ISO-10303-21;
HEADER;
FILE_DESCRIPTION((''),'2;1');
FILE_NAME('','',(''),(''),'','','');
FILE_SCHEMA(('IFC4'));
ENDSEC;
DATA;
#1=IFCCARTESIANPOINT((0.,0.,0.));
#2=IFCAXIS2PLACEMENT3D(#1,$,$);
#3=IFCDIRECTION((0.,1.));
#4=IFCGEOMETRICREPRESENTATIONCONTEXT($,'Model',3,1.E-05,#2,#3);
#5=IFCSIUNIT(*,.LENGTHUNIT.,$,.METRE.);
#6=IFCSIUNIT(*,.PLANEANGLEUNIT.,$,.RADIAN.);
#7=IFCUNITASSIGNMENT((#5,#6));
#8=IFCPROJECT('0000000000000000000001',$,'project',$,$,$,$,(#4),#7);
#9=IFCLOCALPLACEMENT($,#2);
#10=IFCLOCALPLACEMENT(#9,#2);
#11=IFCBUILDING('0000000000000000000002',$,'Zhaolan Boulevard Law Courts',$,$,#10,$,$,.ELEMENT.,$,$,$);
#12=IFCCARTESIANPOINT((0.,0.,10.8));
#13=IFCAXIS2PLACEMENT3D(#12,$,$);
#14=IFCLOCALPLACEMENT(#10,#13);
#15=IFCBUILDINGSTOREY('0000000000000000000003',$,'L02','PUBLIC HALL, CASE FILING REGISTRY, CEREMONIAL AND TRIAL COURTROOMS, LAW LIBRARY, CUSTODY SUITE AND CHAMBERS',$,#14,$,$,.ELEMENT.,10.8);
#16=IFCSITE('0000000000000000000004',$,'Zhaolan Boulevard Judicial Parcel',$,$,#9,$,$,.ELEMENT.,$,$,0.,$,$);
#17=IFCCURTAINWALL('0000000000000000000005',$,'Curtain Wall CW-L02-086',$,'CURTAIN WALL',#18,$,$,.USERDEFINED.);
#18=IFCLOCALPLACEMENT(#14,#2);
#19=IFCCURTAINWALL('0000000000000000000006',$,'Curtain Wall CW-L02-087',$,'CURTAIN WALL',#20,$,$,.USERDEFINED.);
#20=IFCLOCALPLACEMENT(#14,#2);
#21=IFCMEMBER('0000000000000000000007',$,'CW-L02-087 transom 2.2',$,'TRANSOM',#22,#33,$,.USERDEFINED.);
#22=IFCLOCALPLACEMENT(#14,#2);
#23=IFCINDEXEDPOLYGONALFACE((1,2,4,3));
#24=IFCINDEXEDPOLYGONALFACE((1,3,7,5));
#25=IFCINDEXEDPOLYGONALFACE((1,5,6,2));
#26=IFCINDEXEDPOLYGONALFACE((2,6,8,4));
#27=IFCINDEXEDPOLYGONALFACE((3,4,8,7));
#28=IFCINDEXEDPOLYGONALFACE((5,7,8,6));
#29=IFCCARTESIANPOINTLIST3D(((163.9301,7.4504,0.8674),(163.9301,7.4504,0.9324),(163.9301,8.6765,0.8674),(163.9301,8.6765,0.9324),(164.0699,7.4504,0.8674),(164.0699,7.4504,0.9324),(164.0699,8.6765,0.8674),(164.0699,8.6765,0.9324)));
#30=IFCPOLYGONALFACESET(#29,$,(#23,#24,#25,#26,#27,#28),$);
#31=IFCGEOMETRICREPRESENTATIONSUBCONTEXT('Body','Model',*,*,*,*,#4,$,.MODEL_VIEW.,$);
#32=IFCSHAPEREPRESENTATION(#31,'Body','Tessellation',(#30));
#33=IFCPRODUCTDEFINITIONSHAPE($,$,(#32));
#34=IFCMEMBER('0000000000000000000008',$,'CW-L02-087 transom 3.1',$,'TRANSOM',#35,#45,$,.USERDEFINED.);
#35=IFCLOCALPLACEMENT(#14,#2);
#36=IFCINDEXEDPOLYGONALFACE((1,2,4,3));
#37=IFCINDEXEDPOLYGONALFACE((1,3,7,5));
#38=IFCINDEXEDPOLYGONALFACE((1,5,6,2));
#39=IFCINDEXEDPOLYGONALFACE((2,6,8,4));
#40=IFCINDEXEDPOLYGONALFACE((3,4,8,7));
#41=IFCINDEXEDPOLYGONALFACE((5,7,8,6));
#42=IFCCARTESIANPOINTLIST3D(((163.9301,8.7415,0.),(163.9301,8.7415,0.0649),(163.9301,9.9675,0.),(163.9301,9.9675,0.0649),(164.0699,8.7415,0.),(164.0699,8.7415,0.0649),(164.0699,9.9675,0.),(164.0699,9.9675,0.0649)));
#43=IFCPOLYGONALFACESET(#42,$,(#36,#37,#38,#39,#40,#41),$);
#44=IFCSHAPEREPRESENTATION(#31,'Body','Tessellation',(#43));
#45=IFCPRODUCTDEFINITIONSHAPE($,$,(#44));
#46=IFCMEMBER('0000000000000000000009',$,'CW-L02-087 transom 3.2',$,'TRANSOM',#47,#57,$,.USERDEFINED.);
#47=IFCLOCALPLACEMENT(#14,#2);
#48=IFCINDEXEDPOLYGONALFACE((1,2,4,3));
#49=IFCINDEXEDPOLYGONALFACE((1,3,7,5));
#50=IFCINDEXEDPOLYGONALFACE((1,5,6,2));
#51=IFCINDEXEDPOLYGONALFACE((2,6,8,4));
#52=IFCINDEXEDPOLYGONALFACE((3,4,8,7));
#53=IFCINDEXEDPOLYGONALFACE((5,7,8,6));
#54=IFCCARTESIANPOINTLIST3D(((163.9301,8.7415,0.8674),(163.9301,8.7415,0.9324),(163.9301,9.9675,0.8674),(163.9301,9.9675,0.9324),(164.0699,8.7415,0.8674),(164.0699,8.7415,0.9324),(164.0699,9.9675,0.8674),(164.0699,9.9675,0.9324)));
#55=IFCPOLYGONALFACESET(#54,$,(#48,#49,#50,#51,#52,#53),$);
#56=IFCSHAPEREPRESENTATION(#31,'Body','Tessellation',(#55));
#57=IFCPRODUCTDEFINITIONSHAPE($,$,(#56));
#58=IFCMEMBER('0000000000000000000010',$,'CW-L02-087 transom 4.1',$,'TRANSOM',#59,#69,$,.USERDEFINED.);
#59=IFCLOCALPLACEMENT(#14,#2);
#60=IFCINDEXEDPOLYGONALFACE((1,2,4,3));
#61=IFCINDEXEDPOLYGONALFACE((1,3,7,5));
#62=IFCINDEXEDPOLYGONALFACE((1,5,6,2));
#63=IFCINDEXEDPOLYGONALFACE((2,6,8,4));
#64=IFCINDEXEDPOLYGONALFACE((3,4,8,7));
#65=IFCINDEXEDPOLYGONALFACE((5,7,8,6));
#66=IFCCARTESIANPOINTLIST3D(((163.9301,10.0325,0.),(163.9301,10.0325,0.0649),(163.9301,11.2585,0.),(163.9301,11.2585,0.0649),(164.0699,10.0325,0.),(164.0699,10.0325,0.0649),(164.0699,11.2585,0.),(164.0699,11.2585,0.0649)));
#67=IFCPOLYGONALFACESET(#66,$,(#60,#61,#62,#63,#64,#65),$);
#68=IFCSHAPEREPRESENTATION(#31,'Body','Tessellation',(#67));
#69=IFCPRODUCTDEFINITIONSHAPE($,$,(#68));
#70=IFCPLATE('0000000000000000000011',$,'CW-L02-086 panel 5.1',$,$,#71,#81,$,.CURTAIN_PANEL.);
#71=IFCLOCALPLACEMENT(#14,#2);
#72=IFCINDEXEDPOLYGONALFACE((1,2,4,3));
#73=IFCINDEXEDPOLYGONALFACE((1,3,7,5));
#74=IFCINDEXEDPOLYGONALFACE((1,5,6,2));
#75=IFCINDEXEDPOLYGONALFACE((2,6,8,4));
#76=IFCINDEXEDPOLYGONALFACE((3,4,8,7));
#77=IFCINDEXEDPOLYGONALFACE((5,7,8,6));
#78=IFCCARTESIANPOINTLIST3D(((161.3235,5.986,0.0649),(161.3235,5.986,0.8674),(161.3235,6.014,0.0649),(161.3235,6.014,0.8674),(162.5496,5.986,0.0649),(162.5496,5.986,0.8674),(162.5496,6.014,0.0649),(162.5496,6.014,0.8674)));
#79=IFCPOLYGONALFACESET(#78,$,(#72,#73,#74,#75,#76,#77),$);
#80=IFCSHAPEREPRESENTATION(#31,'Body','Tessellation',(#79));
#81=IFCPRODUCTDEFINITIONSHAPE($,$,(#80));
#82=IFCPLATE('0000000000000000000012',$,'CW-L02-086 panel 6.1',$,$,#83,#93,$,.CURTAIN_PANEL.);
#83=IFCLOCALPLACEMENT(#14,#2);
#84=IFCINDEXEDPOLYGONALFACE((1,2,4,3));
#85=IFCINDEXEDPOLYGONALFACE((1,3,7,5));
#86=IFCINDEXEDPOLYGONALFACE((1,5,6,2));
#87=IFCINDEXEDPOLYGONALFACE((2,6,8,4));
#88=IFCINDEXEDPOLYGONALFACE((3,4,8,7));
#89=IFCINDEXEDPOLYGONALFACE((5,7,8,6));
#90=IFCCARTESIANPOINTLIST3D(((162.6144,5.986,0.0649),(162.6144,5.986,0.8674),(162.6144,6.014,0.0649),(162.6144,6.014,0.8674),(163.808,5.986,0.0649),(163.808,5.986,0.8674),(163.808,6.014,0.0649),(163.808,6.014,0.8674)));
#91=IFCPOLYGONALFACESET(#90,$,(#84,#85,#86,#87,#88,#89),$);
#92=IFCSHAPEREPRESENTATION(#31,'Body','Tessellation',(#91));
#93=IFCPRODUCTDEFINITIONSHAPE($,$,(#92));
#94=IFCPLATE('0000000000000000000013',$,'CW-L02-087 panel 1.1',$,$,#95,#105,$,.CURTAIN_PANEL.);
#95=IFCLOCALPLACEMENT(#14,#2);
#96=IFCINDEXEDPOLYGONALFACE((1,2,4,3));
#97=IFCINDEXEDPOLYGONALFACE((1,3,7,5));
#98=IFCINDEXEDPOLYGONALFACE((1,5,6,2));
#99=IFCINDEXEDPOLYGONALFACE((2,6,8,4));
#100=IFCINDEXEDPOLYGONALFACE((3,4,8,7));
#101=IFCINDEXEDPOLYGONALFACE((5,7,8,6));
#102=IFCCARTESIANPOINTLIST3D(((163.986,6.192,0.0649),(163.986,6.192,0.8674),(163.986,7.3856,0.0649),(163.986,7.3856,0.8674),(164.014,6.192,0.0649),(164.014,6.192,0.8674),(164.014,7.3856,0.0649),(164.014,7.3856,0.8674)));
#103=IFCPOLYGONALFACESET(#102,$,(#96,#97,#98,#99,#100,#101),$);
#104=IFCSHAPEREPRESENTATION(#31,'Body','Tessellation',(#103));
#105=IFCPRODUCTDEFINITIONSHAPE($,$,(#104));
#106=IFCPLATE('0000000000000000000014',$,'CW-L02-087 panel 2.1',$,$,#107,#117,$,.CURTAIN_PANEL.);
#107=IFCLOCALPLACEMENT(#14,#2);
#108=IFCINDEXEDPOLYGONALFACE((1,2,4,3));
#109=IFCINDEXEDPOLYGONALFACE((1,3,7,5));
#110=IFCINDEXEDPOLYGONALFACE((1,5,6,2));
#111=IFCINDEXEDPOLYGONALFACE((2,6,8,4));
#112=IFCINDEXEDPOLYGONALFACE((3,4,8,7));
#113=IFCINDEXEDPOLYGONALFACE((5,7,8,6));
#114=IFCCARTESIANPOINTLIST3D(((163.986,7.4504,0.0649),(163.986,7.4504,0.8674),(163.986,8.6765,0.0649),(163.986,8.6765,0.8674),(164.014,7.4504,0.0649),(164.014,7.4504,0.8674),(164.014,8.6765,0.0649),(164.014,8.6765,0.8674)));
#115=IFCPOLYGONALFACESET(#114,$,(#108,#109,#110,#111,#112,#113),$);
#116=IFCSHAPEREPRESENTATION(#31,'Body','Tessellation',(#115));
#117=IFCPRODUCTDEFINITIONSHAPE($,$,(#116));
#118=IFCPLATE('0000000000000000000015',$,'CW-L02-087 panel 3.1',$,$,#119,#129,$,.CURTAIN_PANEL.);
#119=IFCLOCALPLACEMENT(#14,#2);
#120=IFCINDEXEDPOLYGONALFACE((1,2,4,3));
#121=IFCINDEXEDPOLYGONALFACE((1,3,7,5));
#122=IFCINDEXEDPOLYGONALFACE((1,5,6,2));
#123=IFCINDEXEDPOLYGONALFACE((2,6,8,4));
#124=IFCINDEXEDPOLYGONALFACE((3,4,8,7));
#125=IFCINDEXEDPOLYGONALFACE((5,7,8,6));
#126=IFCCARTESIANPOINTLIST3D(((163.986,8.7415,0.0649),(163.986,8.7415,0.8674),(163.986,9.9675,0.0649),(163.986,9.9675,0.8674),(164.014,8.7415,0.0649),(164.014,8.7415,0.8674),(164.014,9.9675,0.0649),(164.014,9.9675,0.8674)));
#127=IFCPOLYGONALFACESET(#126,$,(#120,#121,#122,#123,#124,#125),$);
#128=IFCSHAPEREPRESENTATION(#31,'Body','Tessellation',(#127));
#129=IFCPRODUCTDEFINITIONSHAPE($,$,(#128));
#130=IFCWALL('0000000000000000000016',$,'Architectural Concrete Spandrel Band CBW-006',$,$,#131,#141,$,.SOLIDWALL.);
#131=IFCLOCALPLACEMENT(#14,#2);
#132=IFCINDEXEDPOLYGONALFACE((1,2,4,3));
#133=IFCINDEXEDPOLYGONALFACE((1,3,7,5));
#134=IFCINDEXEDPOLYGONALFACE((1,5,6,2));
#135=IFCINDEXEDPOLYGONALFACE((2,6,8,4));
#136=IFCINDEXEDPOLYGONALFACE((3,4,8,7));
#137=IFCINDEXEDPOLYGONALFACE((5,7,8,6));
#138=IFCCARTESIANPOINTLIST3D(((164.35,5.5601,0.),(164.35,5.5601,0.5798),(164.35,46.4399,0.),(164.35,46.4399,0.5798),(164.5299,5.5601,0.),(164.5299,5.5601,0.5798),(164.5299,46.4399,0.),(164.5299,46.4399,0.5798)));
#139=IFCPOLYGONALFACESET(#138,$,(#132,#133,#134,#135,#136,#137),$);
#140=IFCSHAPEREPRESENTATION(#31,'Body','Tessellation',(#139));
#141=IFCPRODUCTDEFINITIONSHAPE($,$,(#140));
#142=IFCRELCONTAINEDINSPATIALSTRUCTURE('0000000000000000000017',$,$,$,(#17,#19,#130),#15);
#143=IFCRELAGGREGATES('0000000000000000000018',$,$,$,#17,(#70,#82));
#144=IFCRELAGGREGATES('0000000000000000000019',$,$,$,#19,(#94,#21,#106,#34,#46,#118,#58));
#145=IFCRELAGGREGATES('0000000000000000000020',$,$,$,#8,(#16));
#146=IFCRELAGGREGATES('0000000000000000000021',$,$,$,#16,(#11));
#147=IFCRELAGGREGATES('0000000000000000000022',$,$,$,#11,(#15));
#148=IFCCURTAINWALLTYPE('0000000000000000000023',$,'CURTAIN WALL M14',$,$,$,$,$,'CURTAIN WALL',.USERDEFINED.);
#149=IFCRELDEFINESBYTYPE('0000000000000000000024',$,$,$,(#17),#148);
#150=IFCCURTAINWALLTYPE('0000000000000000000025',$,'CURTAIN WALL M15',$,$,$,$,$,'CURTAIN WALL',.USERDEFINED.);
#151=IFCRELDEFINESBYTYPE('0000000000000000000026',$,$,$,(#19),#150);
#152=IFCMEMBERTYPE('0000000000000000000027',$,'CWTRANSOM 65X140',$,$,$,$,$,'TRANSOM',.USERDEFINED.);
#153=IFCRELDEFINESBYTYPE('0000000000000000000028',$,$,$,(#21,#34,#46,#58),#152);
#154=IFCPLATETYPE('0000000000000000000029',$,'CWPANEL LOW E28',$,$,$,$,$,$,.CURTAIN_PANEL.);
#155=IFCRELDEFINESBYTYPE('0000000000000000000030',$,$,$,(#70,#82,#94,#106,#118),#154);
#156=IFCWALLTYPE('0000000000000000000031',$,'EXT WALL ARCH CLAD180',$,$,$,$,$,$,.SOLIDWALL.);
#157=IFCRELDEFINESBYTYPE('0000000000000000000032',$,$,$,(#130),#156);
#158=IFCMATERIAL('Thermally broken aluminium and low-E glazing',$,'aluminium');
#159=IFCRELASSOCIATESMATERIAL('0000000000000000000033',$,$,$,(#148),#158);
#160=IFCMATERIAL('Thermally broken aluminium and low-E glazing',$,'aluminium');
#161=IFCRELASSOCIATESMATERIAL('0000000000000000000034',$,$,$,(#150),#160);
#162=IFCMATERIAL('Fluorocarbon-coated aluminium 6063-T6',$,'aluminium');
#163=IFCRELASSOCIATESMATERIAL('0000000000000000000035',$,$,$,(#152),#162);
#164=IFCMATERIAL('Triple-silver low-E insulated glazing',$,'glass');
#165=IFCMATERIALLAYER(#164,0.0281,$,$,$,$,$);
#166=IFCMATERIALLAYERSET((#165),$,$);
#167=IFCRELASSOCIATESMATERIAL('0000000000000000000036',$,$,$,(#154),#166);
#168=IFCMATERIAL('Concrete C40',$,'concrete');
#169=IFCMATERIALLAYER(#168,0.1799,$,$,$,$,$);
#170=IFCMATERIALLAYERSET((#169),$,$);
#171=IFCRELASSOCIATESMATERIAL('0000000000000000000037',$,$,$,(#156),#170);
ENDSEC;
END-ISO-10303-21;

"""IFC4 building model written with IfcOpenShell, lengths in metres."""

from ifc_helpers import new_model, si_unit, direction, frame, frame_2d, origin, origin_2d, place, context, subcontext, project, spatial, rectangle, extrude, material, layer, layer_set, material_profile, profile_set, type_object, element, aggregate, save


model = new_model("IFC4")

# Units and contexts
model_context = context("Model", 3, precision=1e-05, world=origin(), true_north=direction((0.0, 1.0)))
body_context = subcontext(model_context, "Body", "Model", "MODEL_VIEW")
ifc_project = project(units=[si_unit("LENGTHUNIT", "METRE"), si_unit("PLANEANGLEUNIT", "RADIAN")], contexts=[model_context])

# Site, building, storey
site_placement = place(None, origin())
site = spatial("IfcSite", under=ifc_project, at=site_placement, Name="Zhaolan Boulevard Judicial Parcel", CompositionType="ELEMENT", RefElevation=0.0)
building_placement = place(site_placement, origin())
building = spatial("IfcBuilding", under=site, at=building_placement, Name="Zhaolan Boulevard Law Courts", CompositionType="ELEMENT")
storey_placement = place(building_placement, frame((0.0, 0.0, 10.8)))
storey = spatial("IfcBuildingStorey", under=building, at=storey_placement, Name="L02", Description="PUBLIC HALL, CASE FILING REGISTRY, CEREMONIAL AND TRIAL COURTROOMS, LAW LIBRARY, CUSTODY SUITE AND CHAMBERS", CompositionType="ELEMENT", Elevation=10.8)

# Curtain walls
ifc_material_1 = material(Name="Thermally broken aluminium and low-E glazing", Category="aluminium")
curtain_wall_type_1 = type_object("IfcCurtainWallType", Name="CURTAIN WALL M14", ElementType="CURTAIN WALL", PredefinedType="USERDEFINED", material=ifc_material_1)
curtain_wall_1_placement = place(storey_placement, origin())
curtain_wall_1 = element("IfcCurtainWall", 1, at=curtain_wall_1_placement, inside=storey, type_object=curtain_wall_type_1, Name="Curtain Wall CW-L02-086", ObjectType="CURTAIN WALL", PredefinedType="USERDEFINED")
ifc_material_2 = material(Name="Thermally broken aluminium and low-E glazing", Category="aluminium")
curtain_wall_type_2 = type_object("IfcCurtainWallType", Name="CURTAIN WALL M15", ElementType="CURTAIN WALL", PredefinedType="USERDEFINED", material=ifc_material_2)
curtain_wall_2_placement = place(storey_placement, origin())
curtain_wall_2 = element("IfcCurtainWall", 2, at=curtain_wall_2_placement, inside=storey, type_object=curtain_wall_type_2, Name="Curtain Wall CW-L02-087", ObjectType="CURTAIN WALL", PredefinedType="USERDEFINED")

# Members
ifc_material_3 = material(Name="Fluorocarbon-coated aluminium 6063-T6", Category="aluminium")
ifc_material_profile_1 = material_profile(ifc_material_3, rectangle(XDim=0.1399, YDim=0.0649, at=origin_2d()), Name="AL65x140")
ifc_profile_set_1 = profile_set([ifc_material_profile_1], Name="Fluorocarbon-coated aluminium 6063-T6")
member_type_1 = type_object("IfcMemberType", Name="CWTRANSOM 65X140", ElementType="TRANSOM", PredefinedType="USERDEFINED", material=ifc_profile_set_1)
member_1_placement = place(storey_placement, frame((164.0, 7.4504, 0.8999), z_axis=(0.0, 1.0, 0.0), x_axis=(-1.0, 0.0, 0.0)))
member_1 = element("IfcMember", 3, at=member_1_placement, type_object=member_type_1, Name="CW-L02-087 transom 2.2", ObjectType="TRANSOM", PredefinedType="USERDEFINED", context=body_context, shape_type="SweptSolid", body=[
    extrude(rectangle(XDim=0.1399, YDim=0.0649, at=origin_2d()), origin(), (0.0, 0.0, 1.0), 1.2261),
])
member_2_placement = place(storey_placement, frame((164.0, 8.7415, 0.0325), z_axis=(0.0, 1.0, 0.0), x_axis=(-1.0, 0.0, 0.0)))
member_2 = element("IfcMember", 4, at=member_2_placement, type_object=member_type_1, Name="CW-L02-087 transom 3.1", ObjectType="TRANSOM", PredefinedType="USERDEFINED", context=body_context, shape_type="SweptSolid", body=[
    extrude(rectangle(XDim=0.1399, YDim=0.0649, at=origin_2d()), origin(), (0.0, 0.0, 1.0), 1.2261),
])
member_3_placement = place(storey_placement, frame((164.0, 8.7415, 0.8999), z_axis=(0.0, 1.0, 0.0), x_axis=(-1.0, 0.0, 0.0)))
member_3 = element("IfcMember", 5, at=member_3_placement, type_object=member_type_1, Name="CW-L02-087 transom 3.2", ObjectType="TRANSOM", PredefinedType="USERDEFINED", context=body_context, shape_type="SweptSolid", body=[
    extrude(rectangle(XDim=0.1399, YDim=0.0649, at=origin_2d()), origin(), (0.0, 0.0, 1.0), 1.2261),
])
member_4_placement = place(storey_placement, frame((164.0, 10.0325, 0.0325), z_axis=(0.0, 1.0, 0.0), x_axis=(-1.0, 0.0, 0.0)))
member_4 = element("IfcMember", 6, at=member_4_placement, type_object=member_type_1, Name="CW-L02-087 transom 4.1", ObjectType="TRANSOM", PredefinedType="USERDEFINED", context=body_context, shape_type="SweptSolid", body=[
    extrude(rectangle(XDim=0.1399, YDim=0.0649, at=origin_2d()), origin(), (0.0, 0.0, 1.0), 1.2261),
])

# Plates
ifc_material_4 = material(Name="Triple-silver low-E insulated glazing", Category="glass")
ifc_layer_1 = layer(ifc_material_4, 0.0281)
ifc_layer_set_1 = layer_set([ifc_layer_1])
plate_type = type_object("IfcPlateType", Name="CWPANEL LOW E28", PredefinedType="CURTAIN_PANEL", material=ifc_layer_set_1)
plate_1_placement = place(storey_placement, frame((161.9365, 6.0, 0.0649), z_axis=(0.0, 0.0, 1.0), x_axis=(1.0, 0.0, 0.0)))
plate_1 = element("IfcPlate", 7, at=plate_1_placement, type_object=plate_type, Name="CW-L02-086 panel 5.1", PredefinedType="CURTAIN_PANEL", context=body_context, shape_type="SweptSolid", body=[
    extrude(rectangle(XDim=1.2261, YDim=0.0281, at=origin_2d()), origin(), (0.0, 0.0, 1.0), 0.8025),
])
plate_2_placement = place(storey_placement, frame((163.2112, 6.0, 0.0649), z_axis=(0.0, 0.0, 1.0), x_axis=(1.0, 0.0, 0.0)))
plate_2 = element("IfcPlate", 8, at=plate_2_placement, type_object=plate_type, Name="CW-L02-086 panel 6.1", PredefinedType="CURTAIN_PANEL", context=body_context, shape_type="SweptSolid", body=[
    extrude(rectangle(XDim=1.1936, YDim=0.0281, at=origin_2d()), origin(), (0.0, 0.0, 1.0), 0.8025),
])
aggregate(curtain_wall_1, [plate_1, plate_2])
plate_3_placement = place(storey_placement, frame((164.0, 6.7888, 0.0649), z_axis=(0.0, 0.0, 1.0), x_axis=(0.0, 1.0, 0.0)))
plate_3 = element("IfcPlate", 9, at=plate_3_placement, type_object=plate_type, Name="CW-L02-087 panel 1.1", PredefinedType="CURTAIN_PANEL", context=body_context, shape_type="SweptSolid", body=[
    extrude(rectangle(XDim=1.1936, YDim=0.0281, at=origin_2d()), origin(), (0.0, 0.0, 1.0), 0.8025),
])
plate_4_placement = place(storey_placement, frame((164.0, 8.0635, 0.0649), z_axis=(0.0, 0.0, 1.0), x_axis=(0.0, 1.0, 0.0)))
plate_4 = element("IfcPlate", 10, at=plate_4_placement, type_object=plate_type, Name="CW-L02-087 panel 2.1", PredefinedType="CURTAIN_PANEL", context=body_context, shape_type="SweptSolid", body=[
    extrude(rectangle(XDim=1.2261, YDim=0.0281, at=origin_2d()), origin(), (0.0, 0.0, 1.0), 0.8025),
])
plate_5_placement = place(storey_placement, frame((164.0, 9.3545, 0.0649), z_axis=(0.0, 0.0, 1.0), x_axis=(0.0, 1.0, 0.0)))
plate_5 = element("IfcPlate", 11, at=plate_5_placement, type_object=plate_type, Name="CW-L02-087 panel 3.1", PredefinedType="CURTAIN_PANEL", context=body_context, shape_type="SweptSolid", body=[
    extrude(rectangle(XDim=1.2261, YDim=0.0281, at=origin_2d()), origin(), (0.0, 0.0, 1.0), 0.8025),
])
aggregate(curtain_wall_2, [plate_3, member_1, plate_4, member_2, member_3, plate_5, member_4])

# Wall
ifc_material_5 = material(Name="Concrete C40", Category="concrete")
ifc_layer_2 = layer(ifc_material_5, 0.1799)
ifc_layer_set_2 = layer_set([ifc_layer_2])
wall_type = type_object("IfcWallType", Name="EXT WALL ARCH CLAD180", PredefinedType="SOLIDWALL", material=ifc_layer_set_2)
wall_placement = place(storey_placement, frame((164.4399, 5.5601, 0.0), z_axis=(0.0, 0.0, 1.0), x_axis=(0.0, 1.0, 0.0)))
element("IfcWall", 12, at=wall_placement, inside=storey, type_object=wall_type, Name="Architectural Concrete Spandrel Band CBW-006", PredefinedType="SOLIDWALL", context=body_context, shape_type="SweptSolid", body=[
    extrude(rectangle(XDim=40.8799, YDim=0.1799, at=frame_2d((20.4399, 0.0))), origin(), (0.0, 0.0, 1.0), 0.5798),
])

save(model, "model.ifc")
